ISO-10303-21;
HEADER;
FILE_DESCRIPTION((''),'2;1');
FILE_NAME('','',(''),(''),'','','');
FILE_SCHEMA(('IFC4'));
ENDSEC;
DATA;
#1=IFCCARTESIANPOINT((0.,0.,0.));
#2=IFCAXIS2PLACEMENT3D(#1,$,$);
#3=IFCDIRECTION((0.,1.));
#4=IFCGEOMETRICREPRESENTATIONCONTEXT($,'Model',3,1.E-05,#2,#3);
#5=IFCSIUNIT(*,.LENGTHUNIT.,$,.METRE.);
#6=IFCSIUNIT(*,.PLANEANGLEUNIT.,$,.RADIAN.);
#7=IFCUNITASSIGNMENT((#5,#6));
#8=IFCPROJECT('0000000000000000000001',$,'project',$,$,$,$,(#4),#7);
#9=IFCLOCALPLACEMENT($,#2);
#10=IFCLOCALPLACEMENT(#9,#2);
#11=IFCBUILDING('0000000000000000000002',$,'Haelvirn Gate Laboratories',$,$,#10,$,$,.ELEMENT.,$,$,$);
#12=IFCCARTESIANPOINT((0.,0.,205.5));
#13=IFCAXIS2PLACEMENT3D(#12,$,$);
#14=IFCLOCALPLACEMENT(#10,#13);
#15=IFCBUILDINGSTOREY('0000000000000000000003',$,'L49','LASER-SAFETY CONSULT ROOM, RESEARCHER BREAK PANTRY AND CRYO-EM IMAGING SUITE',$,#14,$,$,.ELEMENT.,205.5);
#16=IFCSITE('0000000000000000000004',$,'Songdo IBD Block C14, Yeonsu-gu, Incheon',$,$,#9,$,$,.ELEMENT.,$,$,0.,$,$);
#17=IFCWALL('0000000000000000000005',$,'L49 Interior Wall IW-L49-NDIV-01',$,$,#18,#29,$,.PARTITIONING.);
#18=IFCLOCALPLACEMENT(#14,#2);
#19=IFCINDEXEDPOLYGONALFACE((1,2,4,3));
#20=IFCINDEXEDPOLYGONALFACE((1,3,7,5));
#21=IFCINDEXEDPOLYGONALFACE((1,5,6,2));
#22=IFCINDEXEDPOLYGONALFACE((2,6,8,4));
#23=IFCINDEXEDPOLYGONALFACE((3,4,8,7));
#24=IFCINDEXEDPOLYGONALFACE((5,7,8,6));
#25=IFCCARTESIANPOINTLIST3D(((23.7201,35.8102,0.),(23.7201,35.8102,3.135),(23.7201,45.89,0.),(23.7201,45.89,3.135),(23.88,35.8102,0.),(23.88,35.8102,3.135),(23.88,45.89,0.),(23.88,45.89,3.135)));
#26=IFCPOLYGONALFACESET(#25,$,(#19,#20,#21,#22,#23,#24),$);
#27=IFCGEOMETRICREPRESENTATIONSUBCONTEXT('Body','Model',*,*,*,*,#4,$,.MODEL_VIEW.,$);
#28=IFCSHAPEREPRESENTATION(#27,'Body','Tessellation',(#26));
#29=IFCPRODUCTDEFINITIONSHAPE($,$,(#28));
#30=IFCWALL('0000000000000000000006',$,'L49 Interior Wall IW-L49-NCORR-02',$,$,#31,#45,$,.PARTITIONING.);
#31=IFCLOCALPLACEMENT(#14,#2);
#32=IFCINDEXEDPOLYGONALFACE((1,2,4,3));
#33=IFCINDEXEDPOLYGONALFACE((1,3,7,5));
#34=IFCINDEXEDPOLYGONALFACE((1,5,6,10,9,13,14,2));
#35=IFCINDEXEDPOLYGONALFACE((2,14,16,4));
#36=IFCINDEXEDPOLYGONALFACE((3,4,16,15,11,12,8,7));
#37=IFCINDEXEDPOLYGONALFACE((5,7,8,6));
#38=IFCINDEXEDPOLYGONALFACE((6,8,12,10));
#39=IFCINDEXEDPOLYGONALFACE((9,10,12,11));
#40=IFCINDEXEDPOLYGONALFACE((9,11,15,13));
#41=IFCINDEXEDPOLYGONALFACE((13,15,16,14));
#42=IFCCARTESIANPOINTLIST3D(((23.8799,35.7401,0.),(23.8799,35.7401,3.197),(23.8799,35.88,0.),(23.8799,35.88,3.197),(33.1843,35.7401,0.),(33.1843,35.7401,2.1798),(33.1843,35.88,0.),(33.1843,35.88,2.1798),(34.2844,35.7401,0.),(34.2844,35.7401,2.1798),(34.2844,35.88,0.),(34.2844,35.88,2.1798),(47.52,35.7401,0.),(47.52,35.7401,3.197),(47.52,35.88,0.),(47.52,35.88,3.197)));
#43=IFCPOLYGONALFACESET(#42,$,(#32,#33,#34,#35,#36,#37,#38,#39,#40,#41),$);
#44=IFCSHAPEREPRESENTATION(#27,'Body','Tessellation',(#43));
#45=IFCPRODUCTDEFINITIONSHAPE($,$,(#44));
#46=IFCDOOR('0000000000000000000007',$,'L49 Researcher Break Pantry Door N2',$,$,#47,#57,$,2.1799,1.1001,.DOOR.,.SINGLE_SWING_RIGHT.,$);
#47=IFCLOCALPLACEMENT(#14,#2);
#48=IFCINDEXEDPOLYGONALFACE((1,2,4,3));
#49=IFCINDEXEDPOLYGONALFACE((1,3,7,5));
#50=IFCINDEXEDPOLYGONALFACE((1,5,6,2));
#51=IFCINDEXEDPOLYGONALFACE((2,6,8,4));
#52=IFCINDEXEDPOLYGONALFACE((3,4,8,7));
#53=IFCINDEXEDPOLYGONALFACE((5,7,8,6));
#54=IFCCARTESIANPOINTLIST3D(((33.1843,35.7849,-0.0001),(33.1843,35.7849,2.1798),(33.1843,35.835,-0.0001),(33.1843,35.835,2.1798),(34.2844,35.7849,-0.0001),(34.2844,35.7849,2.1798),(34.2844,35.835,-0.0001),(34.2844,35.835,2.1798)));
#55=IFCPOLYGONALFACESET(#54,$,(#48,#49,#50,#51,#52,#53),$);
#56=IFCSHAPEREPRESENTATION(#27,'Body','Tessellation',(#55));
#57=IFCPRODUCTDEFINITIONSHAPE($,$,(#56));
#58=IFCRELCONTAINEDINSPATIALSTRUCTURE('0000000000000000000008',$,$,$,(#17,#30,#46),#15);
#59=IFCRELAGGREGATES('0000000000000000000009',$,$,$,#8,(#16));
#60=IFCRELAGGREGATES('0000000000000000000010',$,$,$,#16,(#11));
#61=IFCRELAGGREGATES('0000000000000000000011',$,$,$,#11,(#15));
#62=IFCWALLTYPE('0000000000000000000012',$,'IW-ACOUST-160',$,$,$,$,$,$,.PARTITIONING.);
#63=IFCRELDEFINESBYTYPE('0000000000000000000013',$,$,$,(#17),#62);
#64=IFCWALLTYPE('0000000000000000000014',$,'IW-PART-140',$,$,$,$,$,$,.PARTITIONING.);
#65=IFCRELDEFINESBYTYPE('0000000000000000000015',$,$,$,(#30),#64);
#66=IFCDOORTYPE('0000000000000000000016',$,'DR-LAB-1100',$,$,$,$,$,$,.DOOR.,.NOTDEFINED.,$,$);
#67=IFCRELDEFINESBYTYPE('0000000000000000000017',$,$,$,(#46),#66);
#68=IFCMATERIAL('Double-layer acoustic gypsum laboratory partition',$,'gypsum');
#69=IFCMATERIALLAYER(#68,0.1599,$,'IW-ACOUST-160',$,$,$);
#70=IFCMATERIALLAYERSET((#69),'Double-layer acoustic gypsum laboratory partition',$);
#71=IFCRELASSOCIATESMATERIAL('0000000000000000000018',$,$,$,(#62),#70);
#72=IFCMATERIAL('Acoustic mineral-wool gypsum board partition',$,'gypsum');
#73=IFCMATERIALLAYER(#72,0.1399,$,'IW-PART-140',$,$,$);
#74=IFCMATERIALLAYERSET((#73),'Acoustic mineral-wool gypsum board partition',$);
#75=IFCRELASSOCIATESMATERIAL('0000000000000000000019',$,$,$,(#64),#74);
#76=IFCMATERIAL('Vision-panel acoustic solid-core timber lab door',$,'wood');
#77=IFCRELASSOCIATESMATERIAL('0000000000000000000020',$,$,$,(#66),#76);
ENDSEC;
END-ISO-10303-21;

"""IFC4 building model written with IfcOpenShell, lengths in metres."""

from ifc_helpers import new_model, si_unit, direction, frame, frame_2d, origin, place, context, subcontext, project, spatial, rectangle, extrude, source, transform, mapped, material, layer, layer_set, type_object, type_shapes, element, fill, save


model = new_model("IFC4")

# Units and contexts
model_context = context("Model", 3, precision=1e-05, world=origin(), true_north=direction((0.0, 1.0)))
body_context = subcontext(model_context, "Body", "Model", "MODEL_VIEW")
ifc_project = project(units=[si_unit("LENGTHUNIT", "METRE"), si_unit("PLANEANGLEUNIT", "RADIAN")], contexts=[model_context])

# Site, building, storey
site_placement = place(None, origin())
site = spatial("IfcSite", under=ifc_project, at=site_placement, Name="Songdo IBD Block C14, Yeonsu-gu, Incheon", CompositionType="ELEMENT", RefElevation=0.0)
building_placement = place(site_placement, origin())
building = spatial("IfcBuilding", under=site, at=building_placement, Name="Haelvirn Gate Laboratories", CompositionType="ELEMENT")
storey_placement = place(building_placement, frame((0.0, 0.0, 205.5)))
storey = spatial("IfcBuildingStorey", under=building, at=storey_placement, Name="L49", Description="LASER-SAFETY CONSULT ROOM, RESEARCHER BREAK PANTRY AND CRYO-EM IMAGING SUITE", CompositionType="ELEMENT", Elevation=205.5)

# Wall
ifc_material_1 = material(Name="Double-layer acoustic gypsum laboratory partition", Category="gypsum")
ifc_layer_1 = layer(ifc_material_1, 0.1599, Name="IW-ACOUST-160")
ifc_layer_set_1 = layer_set([ifc_layer_1], Name="Double-layer acoustic gypsum laboratory partition")
wall_type_1 = type_object("IfcWallType", Name="IW-ACOUST-160", PredefinedType="PARTITIONING", material=ifc_layer_set_1)
wall_1_placement = place(storey_placement, frame((23.8, 35.8101, 0.0), z_axis=(0.0, 0.0, 1.0), x_axis=(0.0, 1.0, 0.0)))
element("IfcWall", 1, at=wall_1_placement, inside=storey, type_object=wall_type_1, Name="L49 Interior Wall IW-L49-NDIV-01", PredefinedType="PARTITIONING", context=body_context, shape_type="SweptSolid", body=[
    extrude(rectangle(XDim=10.0798, YDim=0.1599, at=frame_2d((5.04, 0.0))), origin(), (0.0, 0.0, 1.0), 3.135),
])

# Wall, opening, door
ifc_material_2 = material(Name="Acoustic mineral-wool gypsum board partition", Category="gypsum")
ifc_layer_2 = layer(ifc_material_2, 0.1399, Name="IW-PART-140")
ifc_layer_set_2 = layer_set([ifc_layer_2], Name="Acoustic mineral-wool gypsum board partition")
wall_type_2 = type_object("IfcWallType", Name="IW-PART-140", PredefinedType="PARTITIONING", material=ifc_layer_set_2)
wall_2_placement = place(storey_placement, frame((23.8799, 35.8101, 0.0), z_axis=(0.0, 0.0, 1.0), x_axis=(1.0, 0.0, 0.0)))
wall_2 = element("IfcWall", 2, at=wall_2_placement, inside=storey, type_object=wall_type_2, Name="L49 Interior Wall IW-L49-NCORR-02", PredefinedType="PARTITIONING", context=body_context, shape_type="SweptSolid", body=[
    extrude(rectangle(XDim=23.6401, YDim=0.1399, at=frame_2d((11.8201, 0.0))), origin(), (0.0, 0.0, 1.0), 3.197),
])
opening_placement = place(wall_2_placement, frame((9.3044, 0.0, 0.0)))
opening = element("IfcOpeningElement", 3, at=opening_placement, cuts=wall_2, PredefinedType="OPENING", context=body_context, shape_type="SweptSolid", body=[
    extrude(rectangle(XDim=1.1001, YDim=2.1799, at=frame_2d((0.55, 1.0898))), frame((0.0, 0.0801, 0.0), z_axis=(0.0, -1.0, 0.0), x_axis=(1.0, 0.0, 0.0)), (0.0, 0.0, 1.0), 0.1599),
])
ifc_material_3 = material(Name="Vision-panel acoustic solid-core timber lab door", Category="wood")
door_type = type_object("IfcDoorType", Name="DR-LAB-1100", OperationType="NOTDEFINED", PredefinedType="DOOR", material=ifc_material_3)
shared_shape_1 = source(origin(), body_context, "Body", "SweptSolid", [
    extrude(rectangle(XDim=1.1001, YDim=2.1799, at=frame_2d((0.55, 1.0898))), frame((0.0, 0.0249, 0.0), z_axis=(0.0, -1.0, 0.0), x_axis=(1.0, 0.0, 0.0)), (0.0, 0.0, 1.0), 0.05),
])
type_shapes(door_type, [shared_shape_1])
door_placement = place(opening_placement, origin())
door = element("IfcDoor", 4, at=door_placement, inside=storey, type_object=door_type, Name="L49 Researcher Break Pantry Door N2", OperationType="SINGLE_SWING_RIGHT", OverallHeight=2.1799, OverallWidth=1.1001, PredefinedType="DOOR", context=body_context, shape_type="MappedRepresentation", body=[
    mapped(shared_shape_1, transform((0.0, 0.0, 0.0), scale=1.0)),
])
fill(opening, door)

save(model, "model.ifc")
